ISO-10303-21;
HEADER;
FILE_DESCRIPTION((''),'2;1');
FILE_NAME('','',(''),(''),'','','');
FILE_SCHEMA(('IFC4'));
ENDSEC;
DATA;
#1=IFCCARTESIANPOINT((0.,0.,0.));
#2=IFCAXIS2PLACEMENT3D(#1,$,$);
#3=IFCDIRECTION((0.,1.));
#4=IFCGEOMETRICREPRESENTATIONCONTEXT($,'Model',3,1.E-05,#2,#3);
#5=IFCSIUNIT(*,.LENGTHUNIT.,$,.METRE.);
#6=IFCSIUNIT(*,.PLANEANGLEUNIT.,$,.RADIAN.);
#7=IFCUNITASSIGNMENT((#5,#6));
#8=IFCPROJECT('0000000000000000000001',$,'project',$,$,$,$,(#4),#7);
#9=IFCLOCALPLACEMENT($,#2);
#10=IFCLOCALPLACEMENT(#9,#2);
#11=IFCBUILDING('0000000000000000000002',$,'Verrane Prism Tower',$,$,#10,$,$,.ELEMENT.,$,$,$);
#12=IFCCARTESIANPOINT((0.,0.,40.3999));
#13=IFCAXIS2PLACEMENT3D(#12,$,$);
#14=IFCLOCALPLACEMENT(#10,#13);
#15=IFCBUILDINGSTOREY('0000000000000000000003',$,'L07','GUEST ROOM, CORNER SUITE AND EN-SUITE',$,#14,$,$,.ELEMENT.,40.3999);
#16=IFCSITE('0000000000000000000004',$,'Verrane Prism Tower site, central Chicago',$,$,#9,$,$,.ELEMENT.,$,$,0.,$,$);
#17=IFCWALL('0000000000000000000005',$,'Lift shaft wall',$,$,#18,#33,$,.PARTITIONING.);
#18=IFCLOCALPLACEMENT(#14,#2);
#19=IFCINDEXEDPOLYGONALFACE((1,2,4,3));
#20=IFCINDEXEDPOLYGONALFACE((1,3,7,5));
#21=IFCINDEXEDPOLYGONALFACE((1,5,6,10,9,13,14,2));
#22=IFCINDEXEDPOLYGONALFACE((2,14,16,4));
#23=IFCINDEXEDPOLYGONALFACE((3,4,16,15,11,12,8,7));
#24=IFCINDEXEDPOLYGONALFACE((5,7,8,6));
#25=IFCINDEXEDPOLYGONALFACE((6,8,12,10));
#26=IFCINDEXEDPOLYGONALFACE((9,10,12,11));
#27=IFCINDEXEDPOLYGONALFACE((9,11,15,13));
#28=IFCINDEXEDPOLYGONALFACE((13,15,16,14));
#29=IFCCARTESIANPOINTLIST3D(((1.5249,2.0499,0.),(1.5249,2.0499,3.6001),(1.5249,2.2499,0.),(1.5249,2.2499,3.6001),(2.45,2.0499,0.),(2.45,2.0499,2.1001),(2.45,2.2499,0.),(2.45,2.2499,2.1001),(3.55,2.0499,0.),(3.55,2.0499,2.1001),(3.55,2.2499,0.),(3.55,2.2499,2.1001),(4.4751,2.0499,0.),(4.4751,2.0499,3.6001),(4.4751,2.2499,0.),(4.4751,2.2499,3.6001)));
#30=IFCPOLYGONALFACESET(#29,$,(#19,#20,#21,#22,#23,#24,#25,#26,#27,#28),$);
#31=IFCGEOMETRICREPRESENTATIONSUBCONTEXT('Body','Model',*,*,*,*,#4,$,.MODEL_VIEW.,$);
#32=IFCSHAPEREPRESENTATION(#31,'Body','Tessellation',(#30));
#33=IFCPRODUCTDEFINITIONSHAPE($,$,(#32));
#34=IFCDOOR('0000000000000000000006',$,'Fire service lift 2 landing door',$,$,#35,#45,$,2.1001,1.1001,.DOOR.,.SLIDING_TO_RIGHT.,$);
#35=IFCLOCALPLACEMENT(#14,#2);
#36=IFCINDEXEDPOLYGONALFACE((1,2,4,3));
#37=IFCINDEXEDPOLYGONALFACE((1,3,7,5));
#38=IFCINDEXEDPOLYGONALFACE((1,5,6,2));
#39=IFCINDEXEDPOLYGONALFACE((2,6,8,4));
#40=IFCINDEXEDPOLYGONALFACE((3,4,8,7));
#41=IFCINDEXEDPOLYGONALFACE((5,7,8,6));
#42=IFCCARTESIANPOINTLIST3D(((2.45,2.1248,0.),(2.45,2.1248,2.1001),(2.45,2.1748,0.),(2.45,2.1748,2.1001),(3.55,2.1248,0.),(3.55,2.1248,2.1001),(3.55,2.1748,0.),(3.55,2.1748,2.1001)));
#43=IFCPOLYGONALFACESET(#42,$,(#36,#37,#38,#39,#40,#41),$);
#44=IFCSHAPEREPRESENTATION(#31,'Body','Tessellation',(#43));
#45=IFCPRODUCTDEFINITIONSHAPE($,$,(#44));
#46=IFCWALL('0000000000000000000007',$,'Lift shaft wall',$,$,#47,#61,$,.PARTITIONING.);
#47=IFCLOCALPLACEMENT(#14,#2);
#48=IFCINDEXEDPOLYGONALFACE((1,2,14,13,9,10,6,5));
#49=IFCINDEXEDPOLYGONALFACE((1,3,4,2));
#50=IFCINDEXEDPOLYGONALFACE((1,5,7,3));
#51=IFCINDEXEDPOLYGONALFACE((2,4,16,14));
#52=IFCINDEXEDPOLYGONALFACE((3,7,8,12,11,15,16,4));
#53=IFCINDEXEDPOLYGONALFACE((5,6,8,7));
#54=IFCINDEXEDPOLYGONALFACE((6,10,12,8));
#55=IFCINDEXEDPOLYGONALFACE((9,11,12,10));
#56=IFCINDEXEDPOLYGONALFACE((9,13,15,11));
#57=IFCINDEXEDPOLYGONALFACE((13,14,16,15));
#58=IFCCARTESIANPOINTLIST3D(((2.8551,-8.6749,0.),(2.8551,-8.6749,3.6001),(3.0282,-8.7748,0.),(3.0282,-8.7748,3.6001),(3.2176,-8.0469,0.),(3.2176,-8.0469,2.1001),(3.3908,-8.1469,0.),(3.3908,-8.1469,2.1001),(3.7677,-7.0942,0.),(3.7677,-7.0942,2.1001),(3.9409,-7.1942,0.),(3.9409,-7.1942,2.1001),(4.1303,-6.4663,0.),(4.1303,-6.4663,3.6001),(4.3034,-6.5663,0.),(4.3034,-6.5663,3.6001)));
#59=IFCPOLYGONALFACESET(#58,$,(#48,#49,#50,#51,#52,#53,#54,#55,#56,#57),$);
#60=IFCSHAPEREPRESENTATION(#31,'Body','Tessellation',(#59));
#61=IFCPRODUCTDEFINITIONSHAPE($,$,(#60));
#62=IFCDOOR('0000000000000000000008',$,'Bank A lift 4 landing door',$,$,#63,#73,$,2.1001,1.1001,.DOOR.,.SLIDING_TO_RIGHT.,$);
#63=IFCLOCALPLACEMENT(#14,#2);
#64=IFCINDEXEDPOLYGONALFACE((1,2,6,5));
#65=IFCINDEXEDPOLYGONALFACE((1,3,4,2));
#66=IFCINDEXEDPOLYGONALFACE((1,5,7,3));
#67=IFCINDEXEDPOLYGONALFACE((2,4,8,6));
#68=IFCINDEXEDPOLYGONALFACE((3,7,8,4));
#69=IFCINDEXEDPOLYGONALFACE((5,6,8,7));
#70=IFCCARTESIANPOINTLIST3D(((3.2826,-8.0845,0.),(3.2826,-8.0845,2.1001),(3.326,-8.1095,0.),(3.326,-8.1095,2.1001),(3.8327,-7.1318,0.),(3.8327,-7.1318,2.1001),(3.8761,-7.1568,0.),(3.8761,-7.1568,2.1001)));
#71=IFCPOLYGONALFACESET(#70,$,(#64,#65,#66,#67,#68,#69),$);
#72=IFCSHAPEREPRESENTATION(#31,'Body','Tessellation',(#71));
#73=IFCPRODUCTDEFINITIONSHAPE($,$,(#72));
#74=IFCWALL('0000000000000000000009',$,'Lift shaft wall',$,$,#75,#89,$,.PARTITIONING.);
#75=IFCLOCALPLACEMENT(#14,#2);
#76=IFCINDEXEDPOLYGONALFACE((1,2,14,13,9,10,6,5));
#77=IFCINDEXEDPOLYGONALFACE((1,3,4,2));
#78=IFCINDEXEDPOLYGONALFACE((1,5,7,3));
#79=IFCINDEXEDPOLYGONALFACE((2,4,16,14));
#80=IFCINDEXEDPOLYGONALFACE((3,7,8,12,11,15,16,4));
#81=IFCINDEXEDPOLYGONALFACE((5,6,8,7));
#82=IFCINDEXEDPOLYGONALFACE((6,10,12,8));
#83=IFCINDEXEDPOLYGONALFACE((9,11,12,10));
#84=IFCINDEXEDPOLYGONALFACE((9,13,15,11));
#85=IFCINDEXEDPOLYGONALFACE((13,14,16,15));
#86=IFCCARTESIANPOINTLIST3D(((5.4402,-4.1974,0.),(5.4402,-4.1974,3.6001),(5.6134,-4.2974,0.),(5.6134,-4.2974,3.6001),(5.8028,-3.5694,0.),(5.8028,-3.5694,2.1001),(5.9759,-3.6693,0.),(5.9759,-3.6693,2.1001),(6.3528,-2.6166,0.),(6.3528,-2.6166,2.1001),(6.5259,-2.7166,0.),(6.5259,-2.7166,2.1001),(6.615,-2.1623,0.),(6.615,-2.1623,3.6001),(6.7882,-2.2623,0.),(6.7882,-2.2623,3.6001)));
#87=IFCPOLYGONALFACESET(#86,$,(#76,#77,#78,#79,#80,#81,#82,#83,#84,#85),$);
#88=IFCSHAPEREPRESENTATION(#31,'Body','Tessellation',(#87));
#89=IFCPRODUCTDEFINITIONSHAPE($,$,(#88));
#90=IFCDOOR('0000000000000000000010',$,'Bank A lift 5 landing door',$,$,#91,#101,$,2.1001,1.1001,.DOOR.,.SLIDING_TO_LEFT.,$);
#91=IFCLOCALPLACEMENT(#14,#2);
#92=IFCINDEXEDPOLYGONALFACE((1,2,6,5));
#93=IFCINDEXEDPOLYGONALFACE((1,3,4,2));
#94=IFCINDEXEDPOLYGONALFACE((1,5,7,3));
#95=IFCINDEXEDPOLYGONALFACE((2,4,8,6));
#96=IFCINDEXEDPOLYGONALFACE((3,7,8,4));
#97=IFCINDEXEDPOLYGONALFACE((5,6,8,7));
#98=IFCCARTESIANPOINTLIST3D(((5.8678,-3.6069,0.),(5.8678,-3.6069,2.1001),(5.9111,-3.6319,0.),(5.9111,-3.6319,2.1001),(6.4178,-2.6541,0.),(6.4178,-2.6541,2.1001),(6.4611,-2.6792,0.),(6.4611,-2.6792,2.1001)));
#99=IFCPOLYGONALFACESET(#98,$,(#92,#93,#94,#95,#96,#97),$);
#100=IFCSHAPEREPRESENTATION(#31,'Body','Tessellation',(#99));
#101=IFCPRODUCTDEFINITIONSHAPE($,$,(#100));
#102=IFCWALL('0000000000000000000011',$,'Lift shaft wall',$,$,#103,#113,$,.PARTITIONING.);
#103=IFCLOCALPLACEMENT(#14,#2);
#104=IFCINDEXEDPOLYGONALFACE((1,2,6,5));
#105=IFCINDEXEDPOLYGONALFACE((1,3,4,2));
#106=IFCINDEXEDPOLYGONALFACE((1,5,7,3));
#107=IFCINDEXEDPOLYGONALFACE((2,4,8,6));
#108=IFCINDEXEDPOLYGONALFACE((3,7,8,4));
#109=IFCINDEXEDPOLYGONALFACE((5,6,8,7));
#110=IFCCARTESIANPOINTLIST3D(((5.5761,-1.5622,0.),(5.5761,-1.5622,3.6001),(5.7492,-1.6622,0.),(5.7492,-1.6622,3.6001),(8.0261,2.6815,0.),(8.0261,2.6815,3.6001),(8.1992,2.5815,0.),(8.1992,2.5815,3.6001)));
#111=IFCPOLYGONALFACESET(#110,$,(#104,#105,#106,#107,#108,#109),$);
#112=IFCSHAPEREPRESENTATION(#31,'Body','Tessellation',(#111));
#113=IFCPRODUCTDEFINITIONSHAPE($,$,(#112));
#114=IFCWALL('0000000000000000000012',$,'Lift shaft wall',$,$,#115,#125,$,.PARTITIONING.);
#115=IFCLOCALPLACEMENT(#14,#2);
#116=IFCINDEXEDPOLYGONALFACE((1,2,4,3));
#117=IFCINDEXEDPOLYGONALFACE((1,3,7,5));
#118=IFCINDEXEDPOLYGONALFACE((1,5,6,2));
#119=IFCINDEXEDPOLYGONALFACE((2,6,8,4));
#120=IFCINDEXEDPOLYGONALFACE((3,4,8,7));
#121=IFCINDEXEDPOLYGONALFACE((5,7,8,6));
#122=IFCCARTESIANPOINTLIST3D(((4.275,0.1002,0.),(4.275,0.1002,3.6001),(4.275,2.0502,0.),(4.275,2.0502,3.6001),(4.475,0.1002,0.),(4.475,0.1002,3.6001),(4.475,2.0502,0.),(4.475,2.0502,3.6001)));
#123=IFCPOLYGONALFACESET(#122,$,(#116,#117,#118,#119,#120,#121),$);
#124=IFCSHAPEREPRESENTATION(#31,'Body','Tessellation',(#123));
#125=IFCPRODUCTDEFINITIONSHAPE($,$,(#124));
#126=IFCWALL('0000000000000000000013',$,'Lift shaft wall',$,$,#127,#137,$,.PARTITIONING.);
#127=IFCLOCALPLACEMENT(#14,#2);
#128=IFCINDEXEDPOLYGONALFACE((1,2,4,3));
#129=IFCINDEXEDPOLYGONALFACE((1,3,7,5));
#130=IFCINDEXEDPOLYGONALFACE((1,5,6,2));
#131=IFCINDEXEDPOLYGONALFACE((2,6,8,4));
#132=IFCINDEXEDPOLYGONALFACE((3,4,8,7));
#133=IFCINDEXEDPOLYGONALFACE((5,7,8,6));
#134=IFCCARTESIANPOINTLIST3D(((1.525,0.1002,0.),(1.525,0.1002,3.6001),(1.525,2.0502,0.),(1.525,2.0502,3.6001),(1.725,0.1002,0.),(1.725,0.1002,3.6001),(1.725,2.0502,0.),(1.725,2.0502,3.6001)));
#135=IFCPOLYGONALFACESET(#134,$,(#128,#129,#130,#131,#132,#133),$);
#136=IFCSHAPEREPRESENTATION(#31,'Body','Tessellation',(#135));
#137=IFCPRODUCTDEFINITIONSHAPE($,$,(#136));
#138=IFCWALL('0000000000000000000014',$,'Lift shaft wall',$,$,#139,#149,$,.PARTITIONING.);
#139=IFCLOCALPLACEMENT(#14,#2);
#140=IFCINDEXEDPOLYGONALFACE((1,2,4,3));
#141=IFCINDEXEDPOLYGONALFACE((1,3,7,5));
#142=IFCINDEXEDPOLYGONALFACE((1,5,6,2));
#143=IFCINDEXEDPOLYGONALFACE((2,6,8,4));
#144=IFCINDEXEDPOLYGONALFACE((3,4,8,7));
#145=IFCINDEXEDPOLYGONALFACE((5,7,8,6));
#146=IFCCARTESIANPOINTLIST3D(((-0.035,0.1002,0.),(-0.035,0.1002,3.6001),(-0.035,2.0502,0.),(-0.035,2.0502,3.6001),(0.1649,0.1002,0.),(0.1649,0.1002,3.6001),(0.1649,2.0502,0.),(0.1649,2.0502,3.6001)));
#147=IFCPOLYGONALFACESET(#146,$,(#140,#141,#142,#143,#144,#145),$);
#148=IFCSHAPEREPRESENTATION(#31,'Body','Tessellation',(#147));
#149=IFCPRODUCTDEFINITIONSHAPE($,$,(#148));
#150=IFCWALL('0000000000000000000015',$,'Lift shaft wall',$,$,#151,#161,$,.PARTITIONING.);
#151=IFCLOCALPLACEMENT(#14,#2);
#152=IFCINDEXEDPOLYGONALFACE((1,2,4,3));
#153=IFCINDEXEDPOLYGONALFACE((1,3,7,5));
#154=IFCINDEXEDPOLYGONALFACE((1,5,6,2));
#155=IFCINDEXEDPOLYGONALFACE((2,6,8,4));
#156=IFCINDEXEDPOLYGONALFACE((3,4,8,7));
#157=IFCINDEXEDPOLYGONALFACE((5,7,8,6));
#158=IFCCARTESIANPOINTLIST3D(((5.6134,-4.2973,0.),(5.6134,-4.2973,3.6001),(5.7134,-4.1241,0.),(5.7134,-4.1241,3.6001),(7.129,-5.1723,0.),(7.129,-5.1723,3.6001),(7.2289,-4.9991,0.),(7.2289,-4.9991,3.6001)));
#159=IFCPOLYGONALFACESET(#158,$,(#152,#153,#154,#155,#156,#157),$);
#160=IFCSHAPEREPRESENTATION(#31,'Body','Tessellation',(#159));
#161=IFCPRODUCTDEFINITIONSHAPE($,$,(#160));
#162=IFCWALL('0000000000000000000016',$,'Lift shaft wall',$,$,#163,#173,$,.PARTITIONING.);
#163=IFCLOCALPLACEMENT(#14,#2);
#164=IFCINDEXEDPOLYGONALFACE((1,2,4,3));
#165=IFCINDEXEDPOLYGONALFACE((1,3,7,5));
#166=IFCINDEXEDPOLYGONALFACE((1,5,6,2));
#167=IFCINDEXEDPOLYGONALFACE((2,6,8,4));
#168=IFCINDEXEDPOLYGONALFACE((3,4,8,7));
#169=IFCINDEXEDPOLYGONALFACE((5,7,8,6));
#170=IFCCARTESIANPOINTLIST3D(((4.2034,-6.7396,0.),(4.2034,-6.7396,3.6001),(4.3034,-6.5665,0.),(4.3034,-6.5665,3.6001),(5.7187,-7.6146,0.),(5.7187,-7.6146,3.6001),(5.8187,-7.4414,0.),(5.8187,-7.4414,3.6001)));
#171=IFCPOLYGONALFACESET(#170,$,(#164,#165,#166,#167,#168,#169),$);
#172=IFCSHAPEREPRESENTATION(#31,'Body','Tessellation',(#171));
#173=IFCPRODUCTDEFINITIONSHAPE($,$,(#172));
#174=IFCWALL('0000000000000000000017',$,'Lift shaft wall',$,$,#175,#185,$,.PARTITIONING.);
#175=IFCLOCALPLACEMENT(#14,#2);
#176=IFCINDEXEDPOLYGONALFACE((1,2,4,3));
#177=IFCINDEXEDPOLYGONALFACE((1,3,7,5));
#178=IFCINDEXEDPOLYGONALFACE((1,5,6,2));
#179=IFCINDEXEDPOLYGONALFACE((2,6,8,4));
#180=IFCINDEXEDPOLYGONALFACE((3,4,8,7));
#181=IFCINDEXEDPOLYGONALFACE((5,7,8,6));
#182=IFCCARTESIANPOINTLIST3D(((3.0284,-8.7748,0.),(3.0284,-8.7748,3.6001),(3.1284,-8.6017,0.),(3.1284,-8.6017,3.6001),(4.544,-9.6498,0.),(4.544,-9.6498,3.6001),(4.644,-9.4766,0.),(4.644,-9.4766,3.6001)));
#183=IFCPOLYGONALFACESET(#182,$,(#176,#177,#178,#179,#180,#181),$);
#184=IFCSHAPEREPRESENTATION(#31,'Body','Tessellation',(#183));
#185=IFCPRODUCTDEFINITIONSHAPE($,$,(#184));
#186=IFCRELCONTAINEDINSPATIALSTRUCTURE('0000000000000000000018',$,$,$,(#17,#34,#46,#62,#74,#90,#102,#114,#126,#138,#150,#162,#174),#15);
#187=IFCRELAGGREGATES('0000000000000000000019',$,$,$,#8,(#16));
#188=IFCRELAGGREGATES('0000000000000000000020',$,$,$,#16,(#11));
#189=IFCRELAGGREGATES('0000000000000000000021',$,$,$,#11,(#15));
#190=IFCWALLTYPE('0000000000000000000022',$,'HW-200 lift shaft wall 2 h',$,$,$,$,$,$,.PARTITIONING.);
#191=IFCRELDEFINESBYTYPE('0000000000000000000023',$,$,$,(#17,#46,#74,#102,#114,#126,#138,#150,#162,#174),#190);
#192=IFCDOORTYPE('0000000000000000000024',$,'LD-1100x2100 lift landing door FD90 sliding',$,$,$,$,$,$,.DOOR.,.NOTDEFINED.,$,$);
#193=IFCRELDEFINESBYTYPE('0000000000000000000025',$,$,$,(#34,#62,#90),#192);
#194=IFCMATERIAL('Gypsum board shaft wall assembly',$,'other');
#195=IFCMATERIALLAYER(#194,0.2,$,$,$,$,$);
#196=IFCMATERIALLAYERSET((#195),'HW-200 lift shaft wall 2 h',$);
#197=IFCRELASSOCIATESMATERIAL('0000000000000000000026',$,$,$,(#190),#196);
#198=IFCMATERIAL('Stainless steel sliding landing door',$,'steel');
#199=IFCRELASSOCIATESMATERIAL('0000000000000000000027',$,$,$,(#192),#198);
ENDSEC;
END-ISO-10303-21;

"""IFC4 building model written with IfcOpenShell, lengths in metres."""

from ifc_helpers import new_model, si_unit, direction, frame, frame_2d, origin, place, context, subcontext, project, spatial, rectangle, extrude, material, layer, layer_set, type_object, element, fill, save


model = new_model("IFC4")

# Units and contexts
model_context = context("Model", 3, precision=1e-05, world=origin(), true_north=direction((0.0, 1.0)))
body_context = subcontext(model_context, "Body", "Model", "MODEL_VIEW")
ifc_project = project(units=[si_unit("LENGTHUNIT", "METRE"), si_unit("PLANEANGLEUNIT", "RADIAN")], contexts=[model_context])

# Site, building, storey
site_placement = place(None, origin())
site = spatial("IfcSite", under=ifc_project, at=site_placement, Name="Verrane Prism Tower site, central Chicago", CompositionType="ELEMENT", RefElevation=0.0)
building_placement = place(site_placement, origin())
building = spatial("IfcBuilding", under=site, at=building_placement, Name="Verrane Prism Tower", CompositionType="ELEMENT")
storey_placement = place(building_placement, frame((0.0, 0.0, 40.3999)))
storey = spatial("IfcBuildingStorey", under=building, at=storey_placement, Name="L07", Description="GUEST ROOM, CORNER SUITE AND EN-SUITE", CompositionType="ELEMENT", Elevation=40.3999)

# Shared definitions
ifc_material_1 = material(Name="Gypsum board shaft wall assembly", Category="other")
ifc_layer_1 = layer(ifc_material_1, 0.2)
ifc_layer_set_1 = layer_set([ifc_layer_1], Name="HW-200 lift shaft wall 2 h")
wall_type_1 = type_object("IfcWallType", Name="HW-200 lift shaft wall 2 h", PredefinedType="PARTITIONING", material=ifc_layer_set_1)

# Walls, openings, doors
wall_1_placement = place(storey_placement, frame((1.5249, 2.1499, 0.0), z_axis=(0.0, 0.0, 1.0), x_axis=(1.0, 0.0, 0.0)))
wall_1 = element("IfcWall", 1, at=wall_1_placement, inside=storey, type_object=wall_type_1, Name="Lift shaft wall", PredefinedType="PARTITIONING", context=body_context, shape_type="SweptSolid", body=[
    extrude(rectangle(XDim=2.9502, YDim=0.2, at=frame_2d((1.4751, 0.0))), origin(), (0.0, 0.0, 1.0), 3.6001),
])
opening_1_placement = place(wall_1_placement, frame((0.925, 0.0, 0.0)))
opening_1 = element("IfcOpeningElement", 2, at=opening_1_placement, cuts=wall_1, PredefinedType="OPENING", context=body_context, shape_type="SweptSolid", body=[
    extrude(rectangle(XDim=1.1001, YDim=2.1001, at=frame_2d((0.55, 1.05))), frame((0.0, 0.1099, 0.0), z_axis=(0.0, -1.0, 0.0), x_axis=(1.0, 0.0, 0.0)), (0.0, 0.0, 1.0), 0.22),
])
ifc_material_2 = material(Name="Stainless steel sliding landing door", Category="steel")
door_type_1 = type_object("IfcDoorType", Name="LD-1100x2100 lift landing door FD90 sliding", OperationType="NOTDEFINED", PredefinedType="DOOR", material=ifc_material_2)
door_1_placement = place(opening_1_placement, origin())
door_1 = element("IfcDoor", 3, at=door_1_placement, inside=storey, type_object=door_type_1, Name="Fire service lift 2 landing door", OperationType="SLIDING_TO_RIGHT", OverallHeight=2.1001, OverallWidth=1.1001, PredefinedType="DOOR", context=body_context, shape_type="SweptSolid", body=[
    extrude(rectangle(XDim=1.1001, YDim=2.1001, at=frame_2d((0.55, 1.05))), frame((0.0, 0.0249, 0.0), z_axis=(0.0, -1.0, 0.0), x_axis=(1.0, 0.0, 0.0)), (0.0, 0.0, 1.0), 0.05),
])
fill(opening_1, door_1)
wall_2_placement = place(storey_placement, frame((2.9417, -8.7249, 0.0), z_axis=(0.0, 0.0, 1.0), x_axis=(0.500021, 0.866013, 0.0)))
wall_2 = element("IfcWall", 4, at=wall_2_placement, inside=storey, type_object=wall_type_1, Name="Lift shaft wall", PredefinedType="PARTITIONING", context=body_context, shape_type="SweptSolid", body=[
    extrude(rectangle(XDim=2.5503, YDim=0.2, at=frame_2d((1.2751, 0.0))), origin(), (0.0, 0.0, 1.0), 3.6001),
])
opening_2_placement = place(wall_2_placement, frame((0.7251, 0.0, 0.0)))
opening_2 = element("IfcOpeningElement", 5, at=opening_2_placement, cuts=wall_2, PredefinedType="OPENING", context=body_context, shape_type="SweptSolid", body=[
    extrude(rectangle(XDim=1.1001, YDim=2.1001, at=frame_2d((0.55, 1.05))), frame((0.0, 0.1099, 0.0), z_axis=(0.0, -1.0, 0.0), x_axis=(1.0, 0.0, 0.0)), (0.0, 0.0, 1.0), 0.22),
])
door_2_placement = place(opening_2_placement, origin())
door_2 = element("IfcDoor", 6, at=door_2_placement, inside=storey, type_object=door_type_1, Name="Bank A lift 4 landing door", OperationType="SLIDING_TO_RIGHT", OverallHeight=2.1001, OverallWidth=1.1001, PredefinedType="DOOR", context=body_context, shape_type="SweptSolid", body=[
    extrude(rectangle(XDim=1.1001, YDim=2.1001, at=frame_2d((0.55, 1.05))), frame((0.0, 0.0249, 0.0), z_axis=(0.0, -1.0, 0.0), x_axis=(1.0, 0.0, 0.0)), (0.0, 0.0, 1.0), 0.05),
])
fill(opening_2, door_2)
wall_3_placement = place(storey_placement, frame((5.5269, -4.2473, 0.0), z_axis=(0.0, 0.0, 1.0), x_axis=(0.499938, 0.866061, 0.0)))
wall_3 = element("IfcWall", 7, at=wall_3_placement, inside=storey, type_object=wall_type_1, Name="Lift shaft wall", PredefinedType="PARTITIONING", context=body_context, shape_type="SweptSolid", body=[
    extrude(rectangle(XDim=2.3499, YDim=0.2, at=frame_2d((1.1748, 0.0))), origin(), (0.0, 0.0, 1.0), 3.6001),
])
opening_3_placement = place(wall_3_placement, frame((0.7251, 0.0, 0.0)))
opening_3 = element("IfcOpeningElement", 8, at=opening_3_placement, cuts=wall_3, PredefinedType="OPENING", context=body_context, shape_type="SweptSolid", body=[
    extrude(rectangle(XDim=1.1001, YDim=2.1001, at=frame_2d((0.55, 1.05))), frame((0.0, 0.1099, 0.0), z_axis=(0.0, -1.0, 0.0), x_axis=(1.0, 0.0, 0.0)), (0.0, 0.0, 1.0), 0.22),
])
door_3_placement = place(opening_3_placement, origin())
door_3 = element("IfcDoor", 9, at=door_3_placement, inside=storey, type_object=door_type_1, Name="Bank A lift 5 landing door", OperationType="SLIDING_TO_LEFT", OverallHeight=2.1001, OverallWidth=1.1001, PredefinedType="DOOR", context=body_context, shape_type="SweptSolid", body=[
    extrude(rectangle(XDim=1.1001, YDim=2.1001, at=frame_2d((0.55, 1.05))), frame((0.0, 0.0249, 0.0), z_axis=(0.0, -1.0, 0.0), x_axis=(1.0, 0.0, 0.0)), (0.0, 0.0, 1.0), 0.05),
])
fill(opening_3, door_3)

# Walls
wall_4_placement = place(storey_placement, frame((5.6626, -1.6123, 0.0), z_axis=(0.0, 0.0, 1.0), x_axis=(0.499981, 0.866036, 0.0)))
element("IfcWall", 10, at=wall_4_placement, inside=storey, type_object=wall_type_1, Name="Lift shaft wall", PredefinedType="PARTITIONING", context=body_context, shape_type="SweptSolid", body=[
    extrude(rectangle(XDim=4.9001, YDim=0.2, at=frame_2d((2.4502, 0.0))), origin(), (0.0, 0.0, 1.0), 3.6001),
])
for number, where, z_axis, x_axis, name in (
    (11, (4.375, 0.1001, 0.0), (0.0, 0.0, 1.0), (0.0, 1.0, 0.0), "Lift shaft wall"),
    (12, (1.625, 0.1001, 0.0), (0.0, 0.0, 1.0), (0.0, 1.0, 0.0), "Lift shaft wall"),
    (13, (0.0649, 0.1001, 0.0), (0.0, 0.0, 1.0), (0.0, 1.0, 0.0), "Lift shaft wall"),
):
    element("IfcWall", number, at=place(storey_placement, frame(where, z_axis=z_axis, x_axis=x_axis)), inside=storey, type_object=wall_type_1, Name=name, PredefinedType="PARTITIONING", context=body_context, shape_type="SweptSolid", body=[
        extrude(rectangle(XDim=1.95, YDim=0.2, at=frame_2d((0.9751, 0.0))), origin(), (0.0, 0.0, 1.0), 3.6001),
    ])
wall_5_placement = place(storey_placement, frame((7.179, -5.0857, 0.0), z_axis=(0.0, 0.0, 1.0), x_axis=(-0.866037, 0.49998, 0.0)))
element("IfcWall", 14, at=wall_5_placement, inside=storey, type_object=wall_type_1, Name="Lift shaft wall", PredefinedType="PARTITIONING", context=body_context, shape_type="SweptSolid", body=[
    extrude(rectangle(XDim=1.75, YDim=0.2, at=frame_2d((0.875, 0.0))), origin(), (0.0, 0.0, 1.0), 3.6001),
])
wall_6_placement = place(storey_placement, frame((5.7688, -7.5281, 0.0), z_axis=(0.0, 0.0, 1.0), x_axis=(-0.866002, 0.50004, 0.0)))
element("IfcWall", 15, at=wall_6_placement, inside=storey, type_object=wall_type_1, Name="Lift shaft wall", PredefinedType="PARTITIONING", context=body_context, shape_type="SweptSolid", body=[
    extrude(rectangle(XDim=1.7498, YDim=0.2, at=frame_2d((0.875, 0.0))), origin(), (0.0, 0.0, 1.0), 3.6001),
])
wall_7_placement = place(storey_placement, frame((4.594, -9.5632, 0.0), z_axis=(0.0, 0.0, 1.0), x_axis=(-0.866037, 0.49998, 0.0)))
element("IfcWall", 16, at=wall_7_placement, inside=storey, type_object=wall_type_1, Name="Lift shaft wall", PredefinedType="PARTITIONING", context=body_context, shape_type="SweptSolid", body=[
    extrude(rectangle(XDim=1.75, YDim=0.2, at=frame_2d((0.875, 0.0))), origin(), (0.0, 0.0, 1.0), 3.6001),
])

save(model, "model.ifc")
